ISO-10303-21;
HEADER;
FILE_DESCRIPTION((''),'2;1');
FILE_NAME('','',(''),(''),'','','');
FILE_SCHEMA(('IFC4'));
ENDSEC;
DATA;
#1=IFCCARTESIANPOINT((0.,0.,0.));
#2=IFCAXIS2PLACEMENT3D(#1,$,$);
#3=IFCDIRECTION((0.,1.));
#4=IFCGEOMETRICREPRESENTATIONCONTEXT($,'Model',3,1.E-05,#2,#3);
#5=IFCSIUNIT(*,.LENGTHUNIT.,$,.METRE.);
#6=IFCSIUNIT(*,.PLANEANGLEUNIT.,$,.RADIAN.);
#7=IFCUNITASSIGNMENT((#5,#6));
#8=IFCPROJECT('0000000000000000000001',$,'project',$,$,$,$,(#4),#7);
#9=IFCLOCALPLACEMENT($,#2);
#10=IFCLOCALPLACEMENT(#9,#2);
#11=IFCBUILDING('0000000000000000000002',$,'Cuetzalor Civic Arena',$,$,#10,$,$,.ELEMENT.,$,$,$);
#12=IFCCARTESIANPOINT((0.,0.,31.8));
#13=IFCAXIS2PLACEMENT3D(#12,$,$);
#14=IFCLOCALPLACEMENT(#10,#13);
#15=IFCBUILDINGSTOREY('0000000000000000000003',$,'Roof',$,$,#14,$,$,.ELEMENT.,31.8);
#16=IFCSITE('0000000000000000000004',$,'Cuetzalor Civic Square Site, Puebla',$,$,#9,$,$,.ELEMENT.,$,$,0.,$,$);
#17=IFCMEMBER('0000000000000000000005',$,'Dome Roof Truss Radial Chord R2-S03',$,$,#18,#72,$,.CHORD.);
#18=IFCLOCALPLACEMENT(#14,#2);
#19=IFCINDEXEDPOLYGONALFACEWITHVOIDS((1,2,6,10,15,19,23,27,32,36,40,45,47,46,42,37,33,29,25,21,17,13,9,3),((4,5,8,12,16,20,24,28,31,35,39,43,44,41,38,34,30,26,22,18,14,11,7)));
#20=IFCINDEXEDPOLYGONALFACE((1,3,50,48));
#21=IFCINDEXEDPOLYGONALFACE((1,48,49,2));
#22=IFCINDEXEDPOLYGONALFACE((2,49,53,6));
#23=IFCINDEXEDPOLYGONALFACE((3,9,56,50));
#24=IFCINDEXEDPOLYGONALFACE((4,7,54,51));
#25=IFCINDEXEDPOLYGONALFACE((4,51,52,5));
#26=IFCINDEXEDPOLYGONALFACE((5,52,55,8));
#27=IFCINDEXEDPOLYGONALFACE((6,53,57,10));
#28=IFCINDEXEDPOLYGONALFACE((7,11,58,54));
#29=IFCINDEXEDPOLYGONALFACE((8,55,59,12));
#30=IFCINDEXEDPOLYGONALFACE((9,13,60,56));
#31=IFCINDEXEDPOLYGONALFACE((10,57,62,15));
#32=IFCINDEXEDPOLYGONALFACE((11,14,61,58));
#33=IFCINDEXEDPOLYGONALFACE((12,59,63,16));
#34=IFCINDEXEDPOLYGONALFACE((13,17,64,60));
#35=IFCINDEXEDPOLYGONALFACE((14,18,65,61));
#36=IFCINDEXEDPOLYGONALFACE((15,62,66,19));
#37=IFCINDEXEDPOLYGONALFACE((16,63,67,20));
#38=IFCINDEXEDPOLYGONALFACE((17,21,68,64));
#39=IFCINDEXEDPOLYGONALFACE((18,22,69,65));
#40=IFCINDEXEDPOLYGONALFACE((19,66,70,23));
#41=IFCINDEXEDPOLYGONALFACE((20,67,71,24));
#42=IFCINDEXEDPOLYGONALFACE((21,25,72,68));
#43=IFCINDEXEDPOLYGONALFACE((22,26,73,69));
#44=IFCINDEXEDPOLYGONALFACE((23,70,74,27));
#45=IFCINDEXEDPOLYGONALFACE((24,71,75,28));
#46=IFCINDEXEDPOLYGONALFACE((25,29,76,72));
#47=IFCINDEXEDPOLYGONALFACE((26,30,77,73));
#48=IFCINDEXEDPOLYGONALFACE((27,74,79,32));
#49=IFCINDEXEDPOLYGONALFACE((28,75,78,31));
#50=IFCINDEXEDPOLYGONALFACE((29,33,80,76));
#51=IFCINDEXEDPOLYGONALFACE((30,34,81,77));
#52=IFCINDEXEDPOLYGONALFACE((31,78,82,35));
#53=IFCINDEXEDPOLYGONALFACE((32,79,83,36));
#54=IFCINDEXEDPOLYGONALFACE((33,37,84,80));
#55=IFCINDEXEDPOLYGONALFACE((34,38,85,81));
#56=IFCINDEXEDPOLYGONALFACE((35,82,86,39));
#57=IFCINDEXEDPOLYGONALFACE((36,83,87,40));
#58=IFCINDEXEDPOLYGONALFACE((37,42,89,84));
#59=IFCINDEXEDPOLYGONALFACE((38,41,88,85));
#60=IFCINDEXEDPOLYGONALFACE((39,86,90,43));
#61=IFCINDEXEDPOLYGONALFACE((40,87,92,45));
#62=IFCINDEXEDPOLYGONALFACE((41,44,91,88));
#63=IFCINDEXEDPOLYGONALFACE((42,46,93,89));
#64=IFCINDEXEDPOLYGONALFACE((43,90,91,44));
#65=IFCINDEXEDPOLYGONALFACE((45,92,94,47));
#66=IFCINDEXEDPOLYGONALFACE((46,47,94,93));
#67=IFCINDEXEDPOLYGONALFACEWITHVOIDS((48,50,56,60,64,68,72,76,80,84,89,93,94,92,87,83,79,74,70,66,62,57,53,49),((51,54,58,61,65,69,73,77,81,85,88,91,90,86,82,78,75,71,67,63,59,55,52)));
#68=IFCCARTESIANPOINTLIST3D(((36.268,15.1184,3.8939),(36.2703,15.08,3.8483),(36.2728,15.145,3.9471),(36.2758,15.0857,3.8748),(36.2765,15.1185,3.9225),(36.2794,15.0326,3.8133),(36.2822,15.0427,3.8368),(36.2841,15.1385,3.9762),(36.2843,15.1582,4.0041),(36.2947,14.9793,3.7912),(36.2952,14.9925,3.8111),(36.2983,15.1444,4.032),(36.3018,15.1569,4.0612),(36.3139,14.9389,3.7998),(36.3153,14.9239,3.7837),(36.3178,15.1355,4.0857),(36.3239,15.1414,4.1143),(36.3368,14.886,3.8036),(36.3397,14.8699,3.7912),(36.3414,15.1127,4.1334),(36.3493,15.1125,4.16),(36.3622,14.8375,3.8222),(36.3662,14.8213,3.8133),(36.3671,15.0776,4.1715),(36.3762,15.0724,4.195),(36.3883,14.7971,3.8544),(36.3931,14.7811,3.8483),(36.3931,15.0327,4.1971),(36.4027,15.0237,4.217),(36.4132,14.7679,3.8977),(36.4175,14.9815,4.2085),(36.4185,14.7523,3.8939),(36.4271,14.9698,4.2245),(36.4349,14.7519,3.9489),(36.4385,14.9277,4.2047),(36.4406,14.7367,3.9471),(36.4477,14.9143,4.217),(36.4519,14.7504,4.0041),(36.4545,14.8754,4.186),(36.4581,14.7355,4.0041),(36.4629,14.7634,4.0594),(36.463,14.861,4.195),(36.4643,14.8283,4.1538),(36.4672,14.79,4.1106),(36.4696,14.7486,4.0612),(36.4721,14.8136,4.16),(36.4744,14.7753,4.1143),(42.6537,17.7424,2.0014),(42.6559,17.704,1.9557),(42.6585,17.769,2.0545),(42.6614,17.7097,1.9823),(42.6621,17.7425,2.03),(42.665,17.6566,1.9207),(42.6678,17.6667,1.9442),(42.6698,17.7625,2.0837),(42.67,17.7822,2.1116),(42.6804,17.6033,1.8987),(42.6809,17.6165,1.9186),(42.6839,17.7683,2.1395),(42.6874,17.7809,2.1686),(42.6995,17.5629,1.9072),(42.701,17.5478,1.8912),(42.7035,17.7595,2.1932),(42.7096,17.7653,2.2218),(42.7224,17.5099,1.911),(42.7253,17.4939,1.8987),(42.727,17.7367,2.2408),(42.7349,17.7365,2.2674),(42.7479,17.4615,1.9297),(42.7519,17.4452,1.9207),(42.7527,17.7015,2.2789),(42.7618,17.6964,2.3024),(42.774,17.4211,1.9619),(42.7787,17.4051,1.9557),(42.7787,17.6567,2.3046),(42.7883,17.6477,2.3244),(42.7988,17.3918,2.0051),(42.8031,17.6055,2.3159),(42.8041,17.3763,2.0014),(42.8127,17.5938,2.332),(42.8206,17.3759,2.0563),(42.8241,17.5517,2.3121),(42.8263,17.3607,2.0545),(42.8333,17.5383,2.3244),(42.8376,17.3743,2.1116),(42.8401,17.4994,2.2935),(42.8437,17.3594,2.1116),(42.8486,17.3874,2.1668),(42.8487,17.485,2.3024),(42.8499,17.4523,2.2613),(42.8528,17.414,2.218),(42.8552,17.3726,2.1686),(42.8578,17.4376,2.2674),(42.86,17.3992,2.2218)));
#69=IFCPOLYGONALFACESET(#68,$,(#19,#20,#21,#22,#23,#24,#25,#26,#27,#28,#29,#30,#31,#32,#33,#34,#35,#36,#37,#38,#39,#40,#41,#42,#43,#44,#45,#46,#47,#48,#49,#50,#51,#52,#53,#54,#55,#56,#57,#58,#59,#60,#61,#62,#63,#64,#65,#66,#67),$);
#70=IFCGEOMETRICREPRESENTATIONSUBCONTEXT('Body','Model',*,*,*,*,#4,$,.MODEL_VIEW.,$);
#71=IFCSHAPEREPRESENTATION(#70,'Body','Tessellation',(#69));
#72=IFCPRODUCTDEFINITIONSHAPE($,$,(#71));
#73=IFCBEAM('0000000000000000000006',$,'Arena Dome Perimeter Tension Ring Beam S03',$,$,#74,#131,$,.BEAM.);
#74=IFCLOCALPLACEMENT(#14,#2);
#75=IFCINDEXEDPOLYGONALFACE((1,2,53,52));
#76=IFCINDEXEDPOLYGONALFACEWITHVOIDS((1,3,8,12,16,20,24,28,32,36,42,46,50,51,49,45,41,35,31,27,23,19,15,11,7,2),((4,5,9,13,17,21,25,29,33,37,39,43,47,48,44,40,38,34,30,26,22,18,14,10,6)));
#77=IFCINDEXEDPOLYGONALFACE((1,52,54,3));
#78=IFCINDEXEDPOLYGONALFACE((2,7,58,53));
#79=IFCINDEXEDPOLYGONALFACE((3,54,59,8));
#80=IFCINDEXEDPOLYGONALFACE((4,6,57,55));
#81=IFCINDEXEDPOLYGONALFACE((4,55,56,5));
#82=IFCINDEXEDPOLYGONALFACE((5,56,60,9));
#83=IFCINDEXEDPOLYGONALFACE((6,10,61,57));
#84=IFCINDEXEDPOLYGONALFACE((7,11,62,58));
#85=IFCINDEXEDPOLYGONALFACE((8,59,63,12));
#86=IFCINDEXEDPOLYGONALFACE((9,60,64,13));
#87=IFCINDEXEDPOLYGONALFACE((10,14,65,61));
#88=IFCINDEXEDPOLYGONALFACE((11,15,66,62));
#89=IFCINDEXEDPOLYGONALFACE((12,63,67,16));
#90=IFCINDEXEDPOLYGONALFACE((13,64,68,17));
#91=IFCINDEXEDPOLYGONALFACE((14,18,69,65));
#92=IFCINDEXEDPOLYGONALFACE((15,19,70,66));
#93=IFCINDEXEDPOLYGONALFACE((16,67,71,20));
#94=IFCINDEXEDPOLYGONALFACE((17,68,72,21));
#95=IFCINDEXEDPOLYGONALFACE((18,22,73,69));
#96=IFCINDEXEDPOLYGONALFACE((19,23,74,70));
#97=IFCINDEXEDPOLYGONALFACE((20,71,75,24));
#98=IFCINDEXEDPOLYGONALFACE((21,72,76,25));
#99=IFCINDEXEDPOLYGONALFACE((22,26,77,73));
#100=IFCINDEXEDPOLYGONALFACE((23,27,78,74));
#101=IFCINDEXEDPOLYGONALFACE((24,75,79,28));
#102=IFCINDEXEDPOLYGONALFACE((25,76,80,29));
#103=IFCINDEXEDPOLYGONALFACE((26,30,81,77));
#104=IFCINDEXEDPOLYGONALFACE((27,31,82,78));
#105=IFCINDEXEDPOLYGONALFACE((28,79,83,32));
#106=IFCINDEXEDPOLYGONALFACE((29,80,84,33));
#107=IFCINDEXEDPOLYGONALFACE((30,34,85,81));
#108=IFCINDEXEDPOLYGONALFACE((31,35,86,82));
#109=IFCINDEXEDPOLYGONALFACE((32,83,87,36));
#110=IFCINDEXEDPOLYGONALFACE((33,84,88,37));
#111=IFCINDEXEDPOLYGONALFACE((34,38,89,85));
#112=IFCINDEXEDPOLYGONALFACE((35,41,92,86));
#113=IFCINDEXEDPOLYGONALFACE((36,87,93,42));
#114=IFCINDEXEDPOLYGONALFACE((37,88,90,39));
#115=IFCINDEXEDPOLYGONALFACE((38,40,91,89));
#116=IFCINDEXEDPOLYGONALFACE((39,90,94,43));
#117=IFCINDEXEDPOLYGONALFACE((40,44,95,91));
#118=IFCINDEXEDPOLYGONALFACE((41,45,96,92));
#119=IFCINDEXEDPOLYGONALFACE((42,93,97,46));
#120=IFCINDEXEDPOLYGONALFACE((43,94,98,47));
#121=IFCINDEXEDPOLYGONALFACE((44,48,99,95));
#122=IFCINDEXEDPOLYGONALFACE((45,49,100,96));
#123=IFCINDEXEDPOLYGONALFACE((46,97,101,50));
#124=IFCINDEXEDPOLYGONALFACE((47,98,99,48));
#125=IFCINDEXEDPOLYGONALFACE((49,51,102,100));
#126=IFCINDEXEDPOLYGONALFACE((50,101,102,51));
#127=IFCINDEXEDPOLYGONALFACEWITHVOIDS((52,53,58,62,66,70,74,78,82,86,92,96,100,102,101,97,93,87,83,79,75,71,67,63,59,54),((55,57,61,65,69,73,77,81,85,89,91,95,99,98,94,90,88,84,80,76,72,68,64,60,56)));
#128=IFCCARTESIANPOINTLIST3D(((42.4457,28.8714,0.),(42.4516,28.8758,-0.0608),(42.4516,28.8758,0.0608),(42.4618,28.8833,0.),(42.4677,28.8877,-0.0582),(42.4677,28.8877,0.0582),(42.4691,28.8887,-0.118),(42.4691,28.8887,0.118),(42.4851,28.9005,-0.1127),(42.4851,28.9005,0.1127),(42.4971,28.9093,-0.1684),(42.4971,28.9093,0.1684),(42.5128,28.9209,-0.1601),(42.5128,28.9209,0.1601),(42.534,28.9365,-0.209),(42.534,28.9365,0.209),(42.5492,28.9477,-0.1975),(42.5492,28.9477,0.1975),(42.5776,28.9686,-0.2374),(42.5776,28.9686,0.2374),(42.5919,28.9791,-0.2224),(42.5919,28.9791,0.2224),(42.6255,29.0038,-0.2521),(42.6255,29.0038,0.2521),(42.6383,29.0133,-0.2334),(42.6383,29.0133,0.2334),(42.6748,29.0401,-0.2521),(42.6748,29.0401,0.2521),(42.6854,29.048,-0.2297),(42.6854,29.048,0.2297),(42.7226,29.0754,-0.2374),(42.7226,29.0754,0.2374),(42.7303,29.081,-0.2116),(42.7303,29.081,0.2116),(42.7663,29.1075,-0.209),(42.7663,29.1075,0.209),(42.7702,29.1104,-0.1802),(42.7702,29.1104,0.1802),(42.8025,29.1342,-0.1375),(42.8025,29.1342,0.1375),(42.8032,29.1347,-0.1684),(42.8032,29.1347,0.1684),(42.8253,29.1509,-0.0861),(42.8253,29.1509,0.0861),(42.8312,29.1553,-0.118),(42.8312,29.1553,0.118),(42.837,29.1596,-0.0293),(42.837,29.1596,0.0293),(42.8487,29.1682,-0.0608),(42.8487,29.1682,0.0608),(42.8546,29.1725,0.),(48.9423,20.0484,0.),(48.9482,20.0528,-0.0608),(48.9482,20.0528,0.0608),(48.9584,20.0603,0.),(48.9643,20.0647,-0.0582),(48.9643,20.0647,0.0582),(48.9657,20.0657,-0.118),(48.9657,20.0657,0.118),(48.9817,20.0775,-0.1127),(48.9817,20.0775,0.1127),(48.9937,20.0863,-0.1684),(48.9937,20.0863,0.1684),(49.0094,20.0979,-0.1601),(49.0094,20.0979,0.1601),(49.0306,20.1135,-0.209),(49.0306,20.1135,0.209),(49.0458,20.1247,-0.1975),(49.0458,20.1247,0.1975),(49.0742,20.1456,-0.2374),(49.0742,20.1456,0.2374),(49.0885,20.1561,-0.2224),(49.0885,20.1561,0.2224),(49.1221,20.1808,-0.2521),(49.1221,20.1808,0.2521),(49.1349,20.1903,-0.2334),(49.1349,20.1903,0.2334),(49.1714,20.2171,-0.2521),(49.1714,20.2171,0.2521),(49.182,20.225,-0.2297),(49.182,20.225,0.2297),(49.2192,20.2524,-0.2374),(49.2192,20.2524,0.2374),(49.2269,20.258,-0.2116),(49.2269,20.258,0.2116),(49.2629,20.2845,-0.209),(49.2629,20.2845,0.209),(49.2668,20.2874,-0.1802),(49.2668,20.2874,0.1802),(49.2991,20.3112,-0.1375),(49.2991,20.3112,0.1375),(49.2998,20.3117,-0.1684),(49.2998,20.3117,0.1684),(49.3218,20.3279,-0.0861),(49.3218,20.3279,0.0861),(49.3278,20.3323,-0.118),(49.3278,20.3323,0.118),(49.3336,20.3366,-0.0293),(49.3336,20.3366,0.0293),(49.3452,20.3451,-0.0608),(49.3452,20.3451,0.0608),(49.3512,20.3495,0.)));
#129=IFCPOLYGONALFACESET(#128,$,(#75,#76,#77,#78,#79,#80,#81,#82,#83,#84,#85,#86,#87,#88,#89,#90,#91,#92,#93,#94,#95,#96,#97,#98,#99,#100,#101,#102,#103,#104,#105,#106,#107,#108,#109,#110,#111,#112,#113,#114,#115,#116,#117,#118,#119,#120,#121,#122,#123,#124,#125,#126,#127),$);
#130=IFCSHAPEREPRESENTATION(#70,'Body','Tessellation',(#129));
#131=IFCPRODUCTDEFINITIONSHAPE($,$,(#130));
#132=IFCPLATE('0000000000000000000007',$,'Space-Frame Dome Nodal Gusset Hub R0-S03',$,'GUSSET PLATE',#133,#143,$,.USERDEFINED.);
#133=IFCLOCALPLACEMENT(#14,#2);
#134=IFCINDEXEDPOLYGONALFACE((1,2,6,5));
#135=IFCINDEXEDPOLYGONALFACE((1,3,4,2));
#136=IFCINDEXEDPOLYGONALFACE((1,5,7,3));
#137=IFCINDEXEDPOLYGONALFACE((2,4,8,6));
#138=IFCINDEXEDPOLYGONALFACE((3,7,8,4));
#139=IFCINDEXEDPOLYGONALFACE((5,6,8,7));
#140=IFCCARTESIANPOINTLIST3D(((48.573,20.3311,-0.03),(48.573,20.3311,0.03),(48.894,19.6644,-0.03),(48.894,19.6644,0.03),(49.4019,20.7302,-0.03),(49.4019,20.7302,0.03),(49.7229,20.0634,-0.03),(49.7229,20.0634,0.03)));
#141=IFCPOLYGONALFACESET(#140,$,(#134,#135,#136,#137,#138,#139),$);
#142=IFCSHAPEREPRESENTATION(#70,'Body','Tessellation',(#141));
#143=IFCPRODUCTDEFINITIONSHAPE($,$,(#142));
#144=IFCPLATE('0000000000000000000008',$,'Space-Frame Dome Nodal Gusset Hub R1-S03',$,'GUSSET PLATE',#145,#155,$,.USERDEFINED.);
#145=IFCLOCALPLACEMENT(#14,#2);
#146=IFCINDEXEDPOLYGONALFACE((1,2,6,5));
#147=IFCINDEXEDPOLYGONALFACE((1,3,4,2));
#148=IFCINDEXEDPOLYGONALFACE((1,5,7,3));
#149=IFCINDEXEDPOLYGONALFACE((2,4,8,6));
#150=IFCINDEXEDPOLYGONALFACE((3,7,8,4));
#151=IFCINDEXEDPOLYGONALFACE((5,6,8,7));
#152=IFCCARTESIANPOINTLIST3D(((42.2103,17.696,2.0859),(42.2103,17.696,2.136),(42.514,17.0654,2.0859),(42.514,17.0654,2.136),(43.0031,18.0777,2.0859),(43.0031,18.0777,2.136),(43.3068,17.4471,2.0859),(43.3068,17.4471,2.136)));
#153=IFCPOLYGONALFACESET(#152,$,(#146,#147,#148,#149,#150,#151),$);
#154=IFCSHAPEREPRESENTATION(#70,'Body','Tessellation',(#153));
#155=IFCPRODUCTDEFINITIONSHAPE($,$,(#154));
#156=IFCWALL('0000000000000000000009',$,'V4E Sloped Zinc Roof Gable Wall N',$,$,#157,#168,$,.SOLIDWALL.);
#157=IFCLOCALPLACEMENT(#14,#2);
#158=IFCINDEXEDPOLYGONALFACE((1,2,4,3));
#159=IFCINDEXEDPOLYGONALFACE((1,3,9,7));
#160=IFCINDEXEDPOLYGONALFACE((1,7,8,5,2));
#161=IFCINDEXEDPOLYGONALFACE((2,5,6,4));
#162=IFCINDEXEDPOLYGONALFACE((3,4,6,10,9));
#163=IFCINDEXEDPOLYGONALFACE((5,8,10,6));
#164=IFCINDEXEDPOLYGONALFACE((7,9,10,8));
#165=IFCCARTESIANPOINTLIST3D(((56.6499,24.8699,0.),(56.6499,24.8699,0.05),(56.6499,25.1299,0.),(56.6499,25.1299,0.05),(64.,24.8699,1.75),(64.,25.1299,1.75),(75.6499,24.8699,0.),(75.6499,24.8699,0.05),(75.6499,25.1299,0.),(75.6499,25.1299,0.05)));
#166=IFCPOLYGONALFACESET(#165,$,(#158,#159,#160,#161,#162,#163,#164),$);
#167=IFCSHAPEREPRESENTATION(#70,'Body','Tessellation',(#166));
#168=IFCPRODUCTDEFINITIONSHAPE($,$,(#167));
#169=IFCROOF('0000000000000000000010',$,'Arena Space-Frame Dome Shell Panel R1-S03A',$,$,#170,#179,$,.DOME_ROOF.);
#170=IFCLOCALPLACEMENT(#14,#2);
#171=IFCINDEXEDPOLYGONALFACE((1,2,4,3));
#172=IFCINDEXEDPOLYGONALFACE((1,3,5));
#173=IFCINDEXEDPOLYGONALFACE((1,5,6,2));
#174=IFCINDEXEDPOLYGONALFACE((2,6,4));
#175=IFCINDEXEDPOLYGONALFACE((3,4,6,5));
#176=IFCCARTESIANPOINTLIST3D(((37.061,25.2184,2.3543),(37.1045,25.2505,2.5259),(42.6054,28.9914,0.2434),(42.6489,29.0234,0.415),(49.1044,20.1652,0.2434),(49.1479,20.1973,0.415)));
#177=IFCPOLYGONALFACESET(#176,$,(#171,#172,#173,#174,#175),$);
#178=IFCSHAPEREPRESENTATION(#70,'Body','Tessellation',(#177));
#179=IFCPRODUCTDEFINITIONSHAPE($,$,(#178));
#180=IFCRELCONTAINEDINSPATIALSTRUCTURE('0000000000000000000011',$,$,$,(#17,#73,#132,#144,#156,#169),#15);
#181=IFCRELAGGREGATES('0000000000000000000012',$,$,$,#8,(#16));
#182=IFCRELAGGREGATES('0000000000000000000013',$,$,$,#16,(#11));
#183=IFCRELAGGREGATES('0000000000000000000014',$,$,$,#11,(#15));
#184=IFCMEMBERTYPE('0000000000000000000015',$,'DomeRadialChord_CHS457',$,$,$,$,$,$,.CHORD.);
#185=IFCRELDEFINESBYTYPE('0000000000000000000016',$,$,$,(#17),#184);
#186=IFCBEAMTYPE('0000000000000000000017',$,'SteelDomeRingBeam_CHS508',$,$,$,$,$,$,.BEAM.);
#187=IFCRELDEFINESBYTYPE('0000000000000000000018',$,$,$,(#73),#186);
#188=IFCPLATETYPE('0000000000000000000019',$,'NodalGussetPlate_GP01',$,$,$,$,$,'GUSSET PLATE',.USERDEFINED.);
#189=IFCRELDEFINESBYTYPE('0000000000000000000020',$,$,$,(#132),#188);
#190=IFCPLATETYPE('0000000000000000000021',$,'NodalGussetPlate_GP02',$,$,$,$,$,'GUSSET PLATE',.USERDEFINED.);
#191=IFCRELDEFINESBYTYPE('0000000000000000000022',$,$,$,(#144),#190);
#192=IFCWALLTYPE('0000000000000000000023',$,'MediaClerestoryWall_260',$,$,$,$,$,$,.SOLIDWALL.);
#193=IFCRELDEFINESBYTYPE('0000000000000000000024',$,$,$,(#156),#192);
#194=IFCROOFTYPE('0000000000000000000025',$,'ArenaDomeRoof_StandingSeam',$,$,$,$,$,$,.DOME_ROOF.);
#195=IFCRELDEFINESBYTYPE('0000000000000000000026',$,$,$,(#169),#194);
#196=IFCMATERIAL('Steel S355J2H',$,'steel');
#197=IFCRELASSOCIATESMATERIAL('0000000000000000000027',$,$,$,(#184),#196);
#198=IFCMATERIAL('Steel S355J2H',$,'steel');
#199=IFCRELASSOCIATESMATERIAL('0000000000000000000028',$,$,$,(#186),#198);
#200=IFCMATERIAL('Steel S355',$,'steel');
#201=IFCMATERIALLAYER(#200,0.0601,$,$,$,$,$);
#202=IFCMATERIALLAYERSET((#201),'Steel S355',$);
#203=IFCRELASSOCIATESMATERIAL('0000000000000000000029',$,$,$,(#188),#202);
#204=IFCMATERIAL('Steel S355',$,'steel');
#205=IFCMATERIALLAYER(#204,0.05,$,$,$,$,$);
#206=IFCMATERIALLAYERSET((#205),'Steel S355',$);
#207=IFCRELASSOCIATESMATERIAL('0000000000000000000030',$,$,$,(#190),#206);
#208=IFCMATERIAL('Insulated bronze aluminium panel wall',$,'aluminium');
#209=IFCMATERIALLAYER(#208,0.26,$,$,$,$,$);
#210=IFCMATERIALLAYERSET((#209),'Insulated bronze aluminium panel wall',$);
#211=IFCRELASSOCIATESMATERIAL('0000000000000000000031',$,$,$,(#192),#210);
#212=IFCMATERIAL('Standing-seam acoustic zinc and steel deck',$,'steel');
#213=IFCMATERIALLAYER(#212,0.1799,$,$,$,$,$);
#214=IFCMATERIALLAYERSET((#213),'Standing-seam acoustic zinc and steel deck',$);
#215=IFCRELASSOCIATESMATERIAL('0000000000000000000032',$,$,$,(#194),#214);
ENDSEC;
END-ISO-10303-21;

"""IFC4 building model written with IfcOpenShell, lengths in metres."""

from ifc_helpers import new_model, si_unit, direction, frame, origin, origin_2d, place, context, subcontext, project, spatial, polyline, rectangle, hollow_circle, outline, extrude, material, layer, layer_set, material_profile, profile_set, type_object, element, save


model = new_model("IFC4")

# Units and contexts
model_context = context("Model", 3, precision=1e-05, world=origin(), true_north=direction((0.0, 1.0)))
body_context = subcontext(model_context, "Body", "Model", "MODEL_VIEW")
ifc_project = project(units=[si_unit("LENGTHUNIT", "METRE"), si_unit("PLANEANGLEUNIT", "RADIAN")], contexts=[model_context])

# Site, building, storey
site_placement = place(None, origin())
site = spatial("IfcSite", under=ifc_project, at=site_placement, Name="Cuetzalor Civic Square Site, Puebla", CompositionType="ELEMENT", RefElevation=0.0)
building_placement = place(site_placement, origin())
building = spatial("IfcBuilding", under=site, at=building_placement, Name="Cuetzalor Civic Arena", CompositionType="ELEMENT")
storey_placement = place(building_placement, frame((0.0, 0.0, 31.8)))
storey = spatial("IfcBuildingStorey", under=building, at=storey_placement, Name="Roof", CompositionType="ELEMENT", Elevation=31.8)

# Member
ifc_material_1 = material(Name="Steel S355J2H", Category="steel")
ifc_material_profile_1 = material_profile(ifc_material_1, hollow_circle(Radius=0.2285, WallThickness=0.0161, at=origin_2d()), Name="CHS 457x16")
ifc_profile_set_1 = profile_set([ifc_material_profile_1], Name="Steel S355J2H")
member_type_1 = type_object("IfcMemberType", Name="DomeRadialChord_CHS457", PredefinedType="CHORD", material=ifc_profile_set_1)
member_1_placement = place(storey_placement, frame((42.7568, 17.5708, 2.1116), z_axis=(-0.892042, -0.366557, 0.26438), x_axis=(0.380081, -0.924953, 0.0)))
element("IfcMember", 1, at=member_1_placement, inside=storey, type_object=member_type_1, Name="Dome Roof Truss Radial Chord R2-S03", PredefinedType="CHORD", context=body_context, shape_type="SweptSolid", body=[
    extrude(hollow_circle(Radius=0.2285, WallThickness=0.0161, at=origin_2d()), origin(), (0.0, 0.0, 1.0), 7.1584),
])

# Beam
ifc_material_2 = material(Name="Steel S355J2H", Category="steel")
ifc_material_profile_2 = material_profile(ifc_material_2, hollow_circle(Radius=0.2539, WallThickness=0.02, at=origin_2d()), Name="CHS 508x20")
ifc_profile_set_2 = profile_set([ifc_material_profile_2], Name="Steel S355J2H")
beam_type = type_object("IfcBeamType", Name="SteelDomeRingBeam_CHS508", PredefinedType="BEAM", material=ifc_profile_set_2)
beam_placement = place(storey_placement, frame((49.1467, 20.199, 0.0), z_axis=(-0.592928, 0.805255, 0.0), x_axis=(-0.805255, -0.592928, 0.0)))
element("IfcBeam", 2, at=beam_placement, inside=storey, type_object=beam_type, Name="Arena Dome Perimeter Tension Ring Beam S03", PredefinedType="BEAM", context=body_context, shape_type="SweptSolid", body=[
    extrude(hollow_circle(Radius=0.2539, WallThickness=0.02, at=origin_2d()), origin(), (0.0, 0.0, 1.0), 10.9568),
])

# Plates
ifc_material_3 = material(Name="Steel S355", Category="steel")
ifc_layer_1 = layer(ifc_material_3, 0.0601)
ifc_layer_set_1 = layer_set([ifc_layer_1], Name="Steel S355")
plate_type_1 = type_object("IfcPlateType", Name="NodalGussetPlate_GP01", ElementType="GUSSET PLATE", PredefinedType="USERDEFINED", material=ifc_layer_set_1)
plate_1_placement = place(storey_placement, frame((49.1479, 20.1973, -0.03), z_axis=(0.0, 0.0, 1.0), x_axis=(0.901001, 0.433816, 0.0)))
element("IfcPlate", 3, at=plate_1_placement, inside=storey, type_object=plate_type_1, Name="Space-Frame Dome Nodal Gusset Hub R0-S03", ObjectType="GUSSET PLATE", PredefinedType="USERDEFINED", context=body_context, shape_type="SweptSolid", body=[
    extrude(rectangle(XDim=0.9199, YDim=0.74, at=origin_2d()), origin(), (0.0, 0.0, 1.0), 0.0601),
])
ifc_material_4 = material(Name="Steel S355", Category="steel")
ifc_layer_2 = layer(ifc_material_4, 0.05)
ifc_layer_set_2 = layer_set([ifc_layer_2], Name="Steel S355")
plate_type_2 = type_object("IfcPlateType", Name="NodalGussetPlate_GP02", ElementType="GUSSET PLATE", PredefinedType="USERDEFINED", material=ifc_layer_set_2)
plate_2_placement = place(storey_placement, frame((42.7585, 17.5715, 2.0859), z_axis=(0.0, 0.0, 1.0), x_axis=(0.901001, 0.433816, 0.0)))
element("IfcPlate", 4, at=plate_2_placement, inside=storey, type_object=plate_type_2, Name="Space-Frame Dome Nodal Gusset Hub R1-S03", ObjectType="GUSSET PLATE", PredefinedType="USERDEFINED", context=body_context, shape_type="SweptSolid", body=[
    extrude(rectangle(XDim=0.8799, YDim=0.7, at=origin_2d()), origin(), (0.0, 0.0, 1.0), 0.05),
])

# Wall
ifc_material_5 = material(Name="Insulated bronze aluminium panel wall", Category="aluminium")
ifc_layer_3 = layer(ifc_material_5, 0.26)
ifc_layer_set_3 = layer_set([ifc_layer_3], Name="Insulated bronze aluminium panel wall")
wall_type = type_object("IfcWallType", Name="MediaClerestoryWall_260", PredefinedType="SOLIDWALL", material=ifc_layer_set_3)
wall_placement = place(storey_placement, frame((56.6499, 25.0, 0.0), z_axis=(0.0, 0.0, 1.0), x_axis=(1.0, 0.0, 0.0)))
element("IfcWall", 5, at=wall_placement, inside=storey, type_object=wall_type, Name="V4E Sloped Zinc Roof Gable Wall N", PredefinedType="SOLIDWALL", context=body_context, shape_type="SweptSolid", body=[
    extrude(outline(polyline([(0.0, 0.0), (19.0, 0.0), (19.0, 0.05), (7.3501, 1.75), (0.0, 0.05), (0.0, 0.0)])), frame((0.0, 0.1299, 0.0), z_axis=(0.0, -1.0, 0.0), x_axis=(1.0, 0.0, 0.0)), (0.0, 0.0, 1.0), 0.26),
])

# Roof
ifc_material_6 = material(Name="Standing-seam acoustic zinc and steel deck", Category="steel")
ifc_layer_4 = layer(ifc_material_6, 0.1799)
ifc_layer_set_4 = layer_set([ifc_layer_4], Name="Standing-seam acoustic zinc and steel deck")
roof_type = type_object("IfcRoofType", Name="ArenaDomeRoof_StandingSeam", PredefinedType="DOME_ROOF", material=ifc_layer_set_4)
roof_1_placement = place(storey_placement, frame((49.1479, 20.1973, 0.415), z_axis=(0.241912, 0.178128, 0.953808), x_axis=(-0.592935, 0.805251, 0.0)))
element("IfcRoof", 6, at=roof_1_placement, inside=storey, type_object=roof_type, Name="Arena Space-Frame Dome Shell Panel R1-S03A", PredefinedType="DOME_ROOF", context=body_context, shape_type="SweptSolid", body=[
    extrude(outline(polyline([(0.0, 0.0), (10.9608, 0.0), (11.2101, 7.0263), (0.0, 0.0)])), origin(), (0.0, 0.0, -1.0), 0.1799),
])

save(model, "model.ifc")
